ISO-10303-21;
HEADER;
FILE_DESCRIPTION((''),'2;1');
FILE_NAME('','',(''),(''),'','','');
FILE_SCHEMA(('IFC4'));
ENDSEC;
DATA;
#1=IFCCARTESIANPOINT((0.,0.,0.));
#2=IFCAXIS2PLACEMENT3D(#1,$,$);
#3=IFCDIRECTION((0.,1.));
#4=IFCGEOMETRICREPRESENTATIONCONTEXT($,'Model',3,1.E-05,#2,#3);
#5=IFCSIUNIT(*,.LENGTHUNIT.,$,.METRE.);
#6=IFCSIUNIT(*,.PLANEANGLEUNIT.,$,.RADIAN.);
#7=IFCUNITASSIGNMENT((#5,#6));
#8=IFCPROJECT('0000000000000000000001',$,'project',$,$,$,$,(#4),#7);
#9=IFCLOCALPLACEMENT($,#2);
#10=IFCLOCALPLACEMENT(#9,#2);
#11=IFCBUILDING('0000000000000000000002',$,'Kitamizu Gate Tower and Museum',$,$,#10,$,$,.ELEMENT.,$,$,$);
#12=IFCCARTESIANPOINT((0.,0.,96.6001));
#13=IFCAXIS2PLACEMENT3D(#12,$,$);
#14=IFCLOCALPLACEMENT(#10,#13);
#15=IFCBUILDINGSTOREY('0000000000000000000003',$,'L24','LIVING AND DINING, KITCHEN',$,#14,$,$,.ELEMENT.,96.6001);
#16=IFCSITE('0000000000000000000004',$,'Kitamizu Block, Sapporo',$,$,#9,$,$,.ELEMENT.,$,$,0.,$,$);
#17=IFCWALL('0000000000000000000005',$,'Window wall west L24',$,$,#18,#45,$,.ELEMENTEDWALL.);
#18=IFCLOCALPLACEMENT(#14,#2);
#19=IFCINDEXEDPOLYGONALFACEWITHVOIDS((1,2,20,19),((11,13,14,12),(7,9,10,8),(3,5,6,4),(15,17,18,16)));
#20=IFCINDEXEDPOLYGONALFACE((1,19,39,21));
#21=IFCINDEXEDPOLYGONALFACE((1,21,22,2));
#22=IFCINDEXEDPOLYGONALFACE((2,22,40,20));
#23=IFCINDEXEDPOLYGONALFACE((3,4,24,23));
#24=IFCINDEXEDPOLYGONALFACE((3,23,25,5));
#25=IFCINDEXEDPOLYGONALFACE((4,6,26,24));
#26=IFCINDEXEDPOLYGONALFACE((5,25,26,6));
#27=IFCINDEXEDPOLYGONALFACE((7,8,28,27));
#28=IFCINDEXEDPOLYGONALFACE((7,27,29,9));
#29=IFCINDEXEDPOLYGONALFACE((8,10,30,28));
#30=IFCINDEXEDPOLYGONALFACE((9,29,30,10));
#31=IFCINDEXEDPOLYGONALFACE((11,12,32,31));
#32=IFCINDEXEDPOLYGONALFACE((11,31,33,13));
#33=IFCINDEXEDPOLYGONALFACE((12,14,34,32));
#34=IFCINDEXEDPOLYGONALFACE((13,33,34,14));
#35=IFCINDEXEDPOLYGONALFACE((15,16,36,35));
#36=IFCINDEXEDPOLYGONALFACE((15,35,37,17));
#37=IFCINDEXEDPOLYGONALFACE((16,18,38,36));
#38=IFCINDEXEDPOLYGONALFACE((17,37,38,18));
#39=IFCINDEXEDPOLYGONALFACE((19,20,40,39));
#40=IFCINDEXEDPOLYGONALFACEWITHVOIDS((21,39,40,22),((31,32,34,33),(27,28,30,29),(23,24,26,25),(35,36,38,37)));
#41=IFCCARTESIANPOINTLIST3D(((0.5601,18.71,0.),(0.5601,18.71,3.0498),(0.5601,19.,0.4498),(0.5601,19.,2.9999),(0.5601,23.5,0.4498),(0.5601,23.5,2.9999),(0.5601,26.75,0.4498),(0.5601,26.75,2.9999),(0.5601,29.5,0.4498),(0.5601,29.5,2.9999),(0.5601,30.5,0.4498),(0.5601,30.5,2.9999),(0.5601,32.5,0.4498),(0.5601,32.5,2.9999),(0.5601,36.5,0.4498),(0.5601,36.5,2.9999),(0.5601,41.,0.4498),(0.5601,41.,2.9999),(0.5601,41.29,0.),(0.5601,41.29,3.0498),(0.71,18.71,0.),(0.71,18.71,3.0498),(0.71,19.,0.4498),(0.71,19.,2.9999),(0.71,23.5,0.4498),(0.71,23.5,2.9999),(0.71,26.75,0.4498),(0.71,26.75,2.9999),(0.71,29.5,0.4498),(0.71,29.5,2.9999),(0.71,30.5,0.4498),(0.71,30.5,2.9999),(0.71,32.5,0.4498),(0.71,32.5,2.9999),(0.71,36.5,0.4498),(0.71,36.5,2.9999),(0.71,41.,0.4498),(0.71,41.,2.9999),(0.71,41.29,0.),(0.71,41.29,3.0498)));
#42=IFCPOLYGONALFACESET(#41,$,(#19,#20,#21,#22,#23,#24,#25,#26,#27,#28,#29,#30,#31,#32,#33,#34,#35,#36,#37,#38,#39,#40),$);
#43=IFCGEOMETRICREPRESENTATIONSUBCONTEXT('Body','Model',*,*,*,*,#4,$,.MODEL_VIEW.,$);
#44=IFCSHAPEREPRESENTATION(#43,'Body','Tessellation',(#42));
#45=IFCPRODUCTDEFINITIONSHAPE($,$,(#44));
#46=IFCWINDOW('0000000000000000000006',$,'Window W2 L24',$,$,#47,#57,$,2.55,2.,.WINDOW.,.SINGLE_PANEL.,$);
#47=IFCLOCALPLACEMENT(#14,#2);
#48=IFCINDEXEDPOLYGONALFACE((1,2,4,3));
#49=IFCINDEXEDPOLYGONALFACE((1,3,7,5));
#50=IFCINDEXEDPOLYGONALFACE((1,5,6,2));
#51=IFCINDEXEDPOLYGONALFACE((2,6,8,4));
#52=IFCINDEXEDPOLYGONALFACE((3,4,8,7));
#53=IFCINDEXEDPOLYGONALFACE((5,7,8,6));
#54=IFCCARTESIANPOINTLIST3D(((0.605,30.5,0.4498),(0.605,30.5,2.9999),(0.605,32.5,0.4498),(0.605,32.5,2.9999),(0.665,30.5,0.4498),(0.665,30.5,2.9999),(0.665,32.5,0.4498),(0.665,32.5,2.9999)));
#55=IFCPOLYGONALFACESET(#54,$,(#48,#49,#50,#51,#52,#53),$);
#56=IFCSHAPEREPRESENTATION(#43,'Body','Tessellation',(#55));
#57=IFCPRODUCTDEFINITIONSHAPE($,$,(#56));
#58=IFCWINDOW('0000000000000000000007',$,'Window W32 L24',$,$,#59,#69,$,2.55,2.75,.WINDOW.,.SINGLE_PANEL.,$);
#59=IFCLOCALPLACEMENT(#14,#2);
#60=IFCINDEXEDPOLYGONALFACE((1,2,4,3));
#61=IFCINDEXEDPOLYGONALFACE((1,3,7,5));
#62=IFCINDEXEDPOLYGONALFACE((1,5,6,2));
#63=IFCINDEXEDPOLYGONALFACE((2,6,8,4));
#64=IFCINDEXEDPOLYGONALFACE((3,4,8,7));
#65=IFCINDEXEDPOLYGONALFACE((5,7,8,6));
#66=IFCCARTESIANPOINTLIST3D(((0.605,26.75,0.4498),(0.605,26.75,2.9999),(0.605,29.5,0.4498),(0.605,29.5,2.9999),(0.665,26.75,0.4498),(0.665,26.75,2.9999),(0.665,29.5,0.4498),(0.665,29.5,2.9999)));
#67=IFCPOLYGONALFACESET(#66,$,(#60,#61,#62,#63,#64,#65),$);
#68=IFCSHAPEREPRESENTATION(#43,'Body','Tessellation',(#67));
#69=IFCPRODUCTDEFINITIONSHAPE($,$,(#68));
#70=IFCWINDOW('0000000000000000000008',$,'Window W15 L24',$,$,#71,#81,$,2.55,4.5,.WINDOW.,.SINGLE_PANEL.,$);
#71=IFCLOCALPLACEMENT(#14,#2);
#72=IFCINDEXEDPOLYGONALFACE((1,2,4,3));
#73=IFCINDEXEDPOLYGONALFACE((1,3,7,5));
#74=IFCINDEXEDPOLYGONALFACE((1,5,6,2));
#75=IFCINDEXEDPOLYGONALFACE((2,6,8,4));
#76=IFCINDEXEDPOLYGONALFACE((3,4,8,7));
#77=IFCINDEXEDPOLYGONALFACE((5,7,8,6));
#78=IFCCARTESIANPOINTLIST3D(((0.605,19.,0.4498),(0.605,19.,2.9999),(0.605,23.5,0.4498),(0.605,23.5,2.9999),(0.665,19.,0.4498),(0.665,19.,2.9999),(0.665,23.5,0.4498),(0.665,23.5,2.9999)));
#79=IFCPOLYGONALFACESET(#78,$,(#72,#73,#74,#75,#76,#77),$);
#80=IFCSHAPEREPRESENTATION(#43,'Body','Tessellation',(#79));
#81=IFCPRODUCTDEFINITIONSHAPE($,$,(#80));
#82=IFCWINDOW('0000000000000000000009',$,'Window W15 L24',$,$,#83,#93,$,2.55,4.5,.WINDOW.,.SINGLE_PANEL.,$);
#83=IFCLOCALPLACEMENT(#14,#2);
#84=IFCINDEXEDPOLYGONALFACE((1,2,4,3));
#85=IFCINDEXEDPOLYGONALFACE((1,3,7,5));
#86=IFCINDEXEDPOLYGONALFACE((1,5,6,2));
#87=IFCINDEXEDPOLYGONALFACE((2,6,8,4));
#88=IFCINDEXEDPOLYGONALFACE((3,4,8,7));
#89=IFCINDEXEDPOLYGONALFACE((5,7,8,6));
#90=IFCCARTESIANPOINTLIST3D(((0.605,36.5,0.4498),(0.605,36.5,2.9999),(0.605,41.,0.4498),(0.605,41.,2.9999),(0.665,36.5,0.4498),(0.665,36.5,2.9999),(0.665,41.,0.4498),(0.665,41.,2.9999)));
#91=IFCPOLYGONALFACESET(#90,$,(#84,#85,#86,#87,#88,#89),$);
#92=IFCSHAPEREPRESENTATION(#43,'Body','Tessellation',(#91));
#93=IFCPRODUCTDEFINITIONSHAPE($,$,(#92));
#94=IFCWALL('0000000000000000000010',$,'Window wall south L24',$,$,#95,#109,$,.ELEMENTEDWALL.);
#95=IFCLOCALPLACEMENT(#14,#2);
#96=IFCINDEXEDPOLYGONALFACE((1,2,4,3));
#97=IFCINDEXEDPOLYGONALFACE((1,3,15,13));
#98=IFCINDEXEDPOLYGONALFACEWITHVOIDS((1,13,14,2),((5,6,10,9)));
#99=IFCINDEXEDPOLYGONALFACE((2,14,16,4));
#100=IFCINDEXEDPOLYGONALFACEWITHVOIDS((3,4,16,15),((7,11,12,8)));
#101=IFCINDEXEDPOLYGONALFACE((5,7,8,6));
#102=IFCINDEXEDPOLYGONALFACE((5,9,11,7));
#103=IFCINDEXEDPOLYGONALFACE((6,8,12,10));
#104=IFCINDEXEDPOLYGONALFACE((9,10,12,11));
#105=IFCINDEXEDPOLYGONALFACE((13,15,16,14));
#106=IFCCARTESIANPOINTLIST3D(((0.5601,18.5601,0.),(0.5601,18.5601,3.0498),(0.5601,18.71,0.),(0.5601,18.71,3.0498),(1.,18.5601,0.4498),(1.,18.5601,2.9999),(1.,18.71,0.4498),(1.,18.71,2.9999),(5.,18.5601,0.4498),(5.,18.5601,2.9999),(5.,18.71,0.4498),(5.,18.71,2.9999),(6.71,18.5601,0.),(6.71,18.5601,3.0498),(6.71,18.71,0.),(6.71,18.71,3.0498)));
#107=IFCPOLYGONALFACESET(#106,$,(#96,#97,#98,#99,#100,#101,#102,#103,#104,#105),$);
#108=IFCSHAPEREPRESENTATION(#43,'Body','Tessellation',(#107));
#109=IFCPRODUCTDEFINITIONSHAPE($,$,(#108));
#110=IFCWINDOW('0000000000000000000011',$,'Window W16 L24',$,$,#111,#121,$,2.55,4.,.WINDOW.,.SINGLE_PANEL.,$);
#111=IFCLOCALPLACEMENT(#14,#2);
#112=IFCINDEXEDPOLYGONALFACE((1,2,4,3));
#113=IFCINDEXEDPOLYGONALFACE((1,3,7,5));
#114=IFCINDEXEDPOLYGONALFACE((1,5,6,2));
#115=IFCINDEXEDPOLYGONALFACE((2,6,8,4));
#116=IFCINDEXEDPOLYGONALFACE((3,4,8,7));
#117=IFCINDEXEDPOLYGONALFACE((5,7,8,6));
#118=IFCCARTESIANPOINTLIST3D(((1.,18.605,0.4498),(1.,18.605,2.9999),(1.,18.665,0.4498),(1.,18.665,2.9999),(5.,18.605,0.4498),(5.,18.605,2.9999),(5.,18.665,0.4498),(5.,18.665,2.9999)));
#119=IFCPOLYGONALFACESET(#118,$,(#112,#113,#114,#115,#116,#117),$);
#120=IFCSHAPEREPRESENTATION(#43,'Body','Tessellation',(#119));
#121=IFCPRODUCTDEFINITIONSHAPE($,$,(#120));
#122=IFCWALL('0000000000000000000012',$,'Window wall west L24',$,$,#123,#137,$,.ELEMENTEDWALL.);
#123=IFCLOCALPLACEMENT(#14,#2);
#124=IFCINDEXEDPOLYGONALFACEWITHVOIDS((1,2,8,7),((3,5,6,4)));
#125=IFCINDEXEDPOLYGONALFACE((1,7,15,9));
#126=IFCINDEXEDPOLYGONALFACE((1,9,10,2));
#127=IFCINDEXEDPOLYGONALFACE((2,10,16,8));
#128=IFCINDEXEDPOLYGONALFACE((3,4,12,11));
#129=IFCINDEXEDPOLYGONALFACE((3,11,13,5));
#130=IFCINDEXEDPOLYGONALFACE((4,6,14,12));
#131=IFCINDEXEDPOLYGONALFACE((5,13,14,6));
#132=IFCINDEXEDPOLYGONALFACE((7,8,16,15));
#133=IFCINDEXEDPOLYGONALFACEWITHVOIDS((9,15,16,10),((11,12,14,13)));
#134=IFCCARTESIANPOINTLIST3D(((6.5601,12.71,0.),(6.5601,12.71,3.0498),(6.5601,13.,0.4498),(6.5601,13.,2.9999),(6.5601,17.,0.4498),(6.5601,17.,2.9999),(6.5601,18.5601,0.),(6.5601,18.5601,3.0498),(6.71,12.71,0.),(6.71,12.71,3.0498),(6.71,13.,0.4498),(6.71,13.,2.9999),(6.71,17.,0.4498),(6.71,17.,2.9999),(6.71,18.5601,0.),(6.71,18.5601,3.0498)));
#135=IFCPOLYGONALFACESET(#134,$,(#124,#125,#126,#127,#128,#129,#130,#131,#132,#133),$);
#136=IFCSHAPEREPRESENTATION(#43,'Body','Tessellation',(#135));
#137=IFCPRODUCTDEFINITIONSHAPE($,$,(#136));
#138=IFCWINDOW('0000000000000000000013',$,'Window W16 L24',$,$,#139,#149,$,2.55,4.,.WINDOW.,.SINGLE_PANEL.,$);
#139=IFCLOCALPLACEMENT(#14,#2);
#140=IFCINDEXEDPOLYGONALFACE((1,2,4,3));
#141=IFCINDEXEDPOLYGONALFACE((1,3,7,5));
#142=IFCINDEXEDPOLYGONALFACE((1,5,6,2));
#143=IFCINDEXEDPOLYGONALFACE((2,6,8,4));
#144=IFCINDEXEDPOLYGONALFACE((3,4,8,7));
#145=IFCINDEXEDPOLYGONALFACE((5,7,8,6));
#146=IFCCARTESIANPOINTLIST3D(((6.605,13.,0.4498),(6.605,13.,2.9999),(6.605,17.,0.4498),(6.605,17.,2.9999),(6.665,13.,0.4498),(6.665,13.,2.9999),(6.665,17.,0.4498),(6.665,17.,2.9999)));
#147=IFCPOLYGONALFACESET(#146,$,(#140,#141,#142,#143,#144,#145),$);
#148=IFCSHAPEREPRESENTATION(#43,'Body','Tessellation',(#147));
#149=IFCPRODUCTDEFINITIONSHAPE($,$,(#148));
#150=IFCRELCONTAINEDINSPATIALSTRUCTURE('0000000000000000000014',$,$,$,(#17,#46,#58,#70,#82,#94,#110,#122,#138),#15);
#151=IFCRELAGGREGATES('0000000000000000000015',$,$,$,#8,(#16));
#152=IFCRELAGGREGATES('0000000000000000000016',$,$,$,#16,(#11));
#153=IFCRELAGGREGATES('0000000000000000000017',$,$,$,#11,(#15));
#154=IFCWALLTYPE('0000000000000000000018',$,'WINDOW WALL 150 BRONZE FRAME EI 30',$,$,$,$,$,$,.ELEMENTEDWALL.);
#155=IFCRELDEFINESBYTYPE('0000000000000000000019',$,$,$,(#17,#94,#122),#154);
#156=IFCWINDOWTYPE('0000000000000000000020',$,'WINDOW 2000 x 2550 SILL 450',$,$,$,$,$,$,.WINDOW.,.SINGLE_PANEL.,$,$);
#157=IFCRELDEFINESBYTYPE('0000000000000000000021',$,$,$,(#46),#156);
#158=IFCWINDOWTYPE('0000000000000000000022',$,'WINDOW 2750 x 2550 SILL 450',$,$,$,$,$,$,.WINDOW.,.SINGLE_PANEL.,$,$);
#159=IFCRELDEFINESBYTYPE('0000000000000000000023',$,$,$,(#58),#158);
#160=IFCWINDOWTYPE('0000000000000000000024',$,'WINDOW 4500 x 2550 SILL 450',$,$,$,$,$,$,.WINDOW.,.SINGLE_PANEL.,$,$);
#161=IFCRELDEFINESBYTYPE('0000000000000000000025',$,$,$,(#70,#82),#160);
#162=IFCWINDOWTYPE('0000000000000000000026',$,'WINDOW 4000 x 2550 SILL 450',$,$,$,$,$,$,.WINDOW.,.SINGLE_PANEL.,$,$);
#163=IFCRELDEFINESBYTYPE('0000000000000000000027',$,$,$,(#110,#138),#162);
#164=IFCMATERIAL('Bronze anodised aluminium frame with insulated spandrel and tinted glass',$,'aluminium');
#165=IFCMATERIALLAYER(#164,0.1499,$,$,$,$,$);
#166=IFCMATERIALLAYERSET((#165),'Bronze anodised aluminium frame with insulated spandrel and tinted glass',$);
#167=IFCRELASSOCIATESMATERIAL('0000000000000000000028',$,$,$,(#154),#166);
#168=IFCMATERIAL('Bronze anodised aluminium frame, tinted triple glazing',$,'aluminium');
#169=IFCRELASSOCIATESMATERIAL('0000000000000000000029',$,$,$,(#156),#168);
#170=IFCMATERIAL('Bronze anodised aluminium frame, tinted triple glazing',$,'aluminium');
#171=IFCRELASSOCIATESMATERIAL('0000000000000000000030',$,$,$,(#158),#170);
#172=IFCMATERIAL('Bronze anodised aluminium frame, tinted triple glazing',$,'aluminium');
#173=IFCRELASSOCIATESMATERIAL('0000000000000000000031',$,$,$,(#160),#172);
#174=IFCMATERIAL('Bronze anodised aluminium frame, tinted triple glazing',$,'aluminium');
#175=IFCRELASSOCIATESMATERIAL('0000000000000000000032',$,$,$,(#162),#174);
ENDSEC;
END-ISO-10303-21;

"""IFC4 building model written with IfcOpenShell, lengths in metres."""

from ifc_helpers import new_model, si_unit, direction, frame, frame_2d, origin, place, context, subcontext, project, spatial, rectangle, extrude, material, layer, layer_set, type_object, element, fill, save


model = new_model("IFC4")

# Units and contexts
model_context = context("Model", 3, precision=1e-05, world=origin(), true_north=direction((0.0, 1.0)))
body_context = subcontext(model_context, "Body", "Model", "MODEL_VIEW")
ifc_project = project(units=[si_unit("LENGTHUNIT", "METRE"), si_unit("PLANEANGLEUNIT", "RADIAN")], contexts=[model_context])

# Site, building, storey
site_placement = place(None, origin())
site = spatial("IfcSite", under=ifc_project, at=site_placement, Name="Kitamizu Block, Sapporo", CompositionType="ELEMENT", RefElevation=0.0)
building_placement = place(site_placement, origin())
building = spatial("IfcBuilding", under=site, at=building_placement, Name="Kitamizu Gate Tower and Museum", CompositionType="ELEMENT")
storey_placement = place(building_placement, frame((0.0, 0.0, 96.6001)))
storey = spatial("IfcBuildingStorey", under=building, at=storey_placement, Name="L24", Description="LIVING AND DINING, KITCHEN", CompositionType="ELEMENT", Elevation=96.6001)

# Wall, openings, windows
ifc_material_1 = material(Name="Bronze anodised aluminium frame with insulated spandrel and tinted glass", Category="aluminium")
ifc_layer = layer(ifc_material_1, 0.1499)
ifc_layer_set = layer_set([ifc_layer], Name="Bronze anodised aluminium frame with insulated spandrel and tinted glass")
wall_type = type_object("IfcWallType", Name="WINDOW WALL 150 BRONZE FRAME EI 30", PredefinedType="ELEMENTEDWALL", material=ifc_layer_set)
ifc_material_2 = material(Name="Bronze anodised aluminium frame, tinted triple glazing", Category="aluminium")
window_type_1 = type_object("IfcWindowType", Name="WINDOW 2000 x 2550 SILL 450", PartitioningType="SINGLE_PANEL", PredefinedType="WINDOW", material=ifc_material_2)
ifc_material_3 = material(Name="Bronze anodised aluminium frame, tinted triple glazing", Category="aluminium")
window_type_2 = type_object("IfcWindowType", Name="WINDOW 2750 x 2550 SILL 450", PartitioningType="SINGLE_PANEL", PredefinedType="WINDOW", material=ifc_material_3)
ifc_material_4 = material(Name="Bronze anodised aluminium frame, tinted triple glazing", Category="aluminium")
window_type_3 = type_object("IfcWindowType", Name="WINDOW 4500 x 2550 SILL 450", PartitioningType="SINGLE_PANEL", PredefinedType="WINDOW", material=ifc_material_4)
wall_1_placement = place(storey_placement, frame((0.635, 18.71, 0.0), z_axis=(0.0, 0.0, 1.0), x_axis=(0.0, 1.0, 0.0)))
wall_1 = element("IfcWall", 1, at=wall_1_placement, inside=storey, type_object=wall_type, Name="Window wall west L24", PredefinedType="ELEMENTEDWALL", context=body_context, shape_type="SweptSolid", body=[
    extrude(rectangle(XDim=22.5801, YDim=0.1499, at=frame_2d((11.29, 0.0))), origin(), (0.0, 0.0, 1.0), 3.0498),
])
opening_1_placement = place(wall_1_placement, frame((0.29, 0.0, 0.45)))
opening_1 = element("IfcOpeningElement", 2, at=opening_1_placement, cuts=wall_1, PredefinedType="OPENING", context=body_context, shape_type="SweptSolid", body=[
    extrude(rectangle(XDim=4.5, YDim=2.55, at=frame_2d((2.25, 1.2749))), frame((0.0, 0.085, 0.0), z_axis=(0.0, -1.0, 0.0), x_axis=(1.0, 0.0, 0.0)), (0.0, 0.0, 1.0), 0.1699),
])
opening_2_placement = place(wall_1_placement, frame((8.04, 0.0, 0.45)))
opening_2 = element("IfcOpeningElement", 3, at=opening_2_placement, cuts=wall_1, PredefinedType="OPENING", context=body_context, shape_type="SweptSolid", body=[
    extrude(rectangle(XDim=2.75, YDim=2.55, at=frame_2d((1.375, 1.2749))), frame((0.0, 0.085, 0.0), z_axis=(0.0, -1.0, 0.0), x_axis=(1.0, 0.0, 0.0)), (0.0, 0.0, 1.0), 0.1699),
])
opening_3_placement = place(wall_1_placement, frame((11.79, 0.0, 0.45)))
opening_3 = element("IfcOpeningElement", 4, at=opening_3_placement, cuts=wall_1, PredefinedType="OPENING", context=body_context, shape_type="SweptSolid", body=[
    extrude(rectangle(XDim=2.0, YDim=2.55, at=frame_2d((1.0, 1.2749))), frame((0.0, 0.085, 0.0), z_axis=(0.0, -1.0, 0.0), x_axis=(1.0, 0.0, 0.0)), (0.0, 0.0, 1.0), 0.1699),
])
opening_4_placement = place(wall_1_placement, frame((17.79, 0.0, 0.45)))
opening_4 = element("IfcOpeningElement", 5, at=opening_4_placement, cuts=wall_1, PredefinedType="OPENING", context=body_context, shape_type="SweptSolid", body=[
    extrude(rectangle(XDim=4.5, YDim=2.55, at=frame_2d((2.25, 1.2749))), frame((0.0, 0.085, 0.0), z_axis=(0.0, -1.0, 0.0), x_axis=(1.0, 0.0, 0.0)), (0.0, 0.0, 1.0), 0.1699),
])
window_1_placement = place(opening_3_placement, origin())
window_1 = element("IfcWindow", 6, at=window_1_placement, inside=storey, type_object=window_type_1, Name="Window W2 L24", OverallHeight=2.55, OverallWidth=2.0, PartitioningType="SINGLE_PANEL", PredefinedType="WINDOW", context=body_context, shape_type="SweptSolid", body=[
    extrude(rectangle(XDim=2.0, YDim=2.55, at=frame_2d((1.0, 1.2749))), frame((0.0, 0.03, 0.0), z_axis=(0.0, -1.0, 0.0), x_axis=(1.0, 0.0, 0.0)), (0.0, 0.0, 1.0), 0.0601),
])
fill(opening_3, window_1)
window_2_placement = place(opening_2_placement, origin())
window_2 = element("IfcWindow", 7, at=window_2_placement, inside=storey, type_object=window_type_2, Name="Window W32 L24", OverallHeight=2.55, OverallWidth=2.75, PartitioningType="SINGLE_PANEL", PredefinedType="WINDOW", context=body_context, shape_type="SweptSolid", body=[
    extrude(rectangle(XDim=2.75, YDim=2.55, at=frame_2d((1.375, 1.2749))), frame((0.0, 0.03, 0.0), z_axis=(0.0, -1.0, 0.0), x_axis=(1.0, 0.0, 0.0)), (0.0, 0.0, 1.0), 0.0601),
])
fill(opening_2, window_2)
window_3_placement = place(opening_1_placement, origin())
window_3 = element("IfcWindow", 8, at=window_3_placement, inside=storey, type_object=window_type_3, Name="Window W15 L24", OverallHeight=2.55, OverallWidth=4.5, PartitioningType="SINGLE_PANEL", PredefinedType="WINDOW", context=body_context, shape_type="SweptSolid", body=[
    extrude(rectangle(XDim=4.5, YDim=2.55, at=frame_2d((2.25, 1.2749))), frame((0.0, 0.03, 0.0), z_axis=(0.0, -1.0, 0.0), x_axis=(1.0, 0.0, 0.0)), (0.0, 0.0, 1.0), 0.0601),
])
fill(opening_1, window_3)
window_4_placement = place(opening_4_placement, origin())
window_4 = element("IfcWindow", 9, at=window_4_placement, inside=storey, type_object=window_type_3, Name="Window W15 L24", OverallHeight=2.55, OverallWidth=4.5, PartitioningType="SINGLE_PANEL", PredefinedType="WINDOW", context=body_context, shape_type="SweptSolid", body=[
    extrude(rectangle(XDim=4.5, YDim=2.55, at=frame_2d((2.25, 1.2749))), frame((0.0, 0.03, 0.0), z_axis=(0.0, -1.0, 0.0), x_axis=(1.0, 0.0, 0.0)), (0.0, 0.0, 1.0), 0.0601),
])
fill(opening_4, window_4)

# Walls, openings, windows
wall_2_placement = place(storey_placement, frame((0.5601, 18.635, 0.0), z_axis=(0.0, 0.0, 1.0), x_axis=(1.0, 0.0, 0.0)))
wall_2 = element("IfcWall", 10, at=wall_2_placement, inside=storey, type_object=wall_type, Name="Window wall south L24", PredefinedType="ELEMENTEDWALL", context=body_context, shape_type="SweptSolid", body=[
    extrude(rectangle(XDim=6.1499, YDim=0.1499, at=frame_2d((3.075, 0.0))), origin(), (0.0, 0.0, 1.0), 3.0498),
])
opening_5_placement = place(wall_2_placement, frame((0.4399, 0.0, 0.45)))
opening_5 = element("IfcOpeningElement", 11, at=opening_5_placement, cuts=wall_2, PredefinedType="OPENING", context=body_context, shape_type="SweptSolid", body=[
    extrude(rectangle(XDim=4.0, YDim=2.55, at=frame_2d((2.0, 1.2749))), frame((0.0, 0.085, 0.0), z_axis=(0.0, -1.0, 0.0), x_axis=(1.0, 0.0, 0.0)), (0.0, 0.0, 1.0), 0.1699),
])
ifc_material_5 = material(Name="Bronze anodised aluminium frame, tinted triple glazing", Category="aluminium")
window_type_4 = type_object("IfcWindowType", Name="WINDOW 4000 x 2550 SILL 450", PartitioningType="SINGLE_PANEL", PredefinedType="WINDOW", material=ifc_material_5)
window_5_placement = place(opening_5_placement, origin())
window_5 = element("IfcWindow", 12, at=window_5_placement, inside=storey, type_object=window_type_4, Name="Window W16 L24", OverallHeight=2.55, OverallWidth=4.0, PartitioningType="SINGLE_PANEL", PredefinedType="WINDOW", context=body_context, shape_type="SweptSolid", body=[
    extrude(rectangle(XDim=4.0, YDim=2.55, at=frame_2d((2.0, 1.2749))), frame((0.0, 0.03, 0.0), z_axis=(0.0, -1.0, 0.0), x_axis=(1.0, 0.0, 0.0)), (0.0, 0.0, 1.0), 0.0601),
])
fill(opening_5, window_5)
wall_3_placement = place(storey_placement, frame((6.635, 12.71, 0.0), z_axis=(0.0, 0.0, 1.0), x_axis=(0.0, 1.0, 0.0)))
wall_3 = element("IfcWall", 13, at=wall_3_placement, inside=storey, type_object=wall_type, Name="Window wall west L24", PredefinedType="ELEMENTEDWALL", context=body_context, shape_type="SweptSolid", body=[
    extrude(rectangle(XDim=5.8501, YDim=0.1499, at=frame_2d((2.925, 0.0))), origin(), (0.0, 0.0, 1.0), 3.0498),
])
opening_6_placement = place(wall_3_placement, frame((0.29, 0.0, 0.45)))
opening_6 = element("IfcOpeningElement", 14, at=opening_6_placement, cuts=wall_3, PredefinedType="OPENING", context=body_context, shape_type="SweptSolid", body=[
    extrude(rectangle(XDim=4.0, YDim=2.55, at=frame_2d((2.0, 1.2749))), frame((0.0, 0.085, 0.0), z_axis=(0.0, -1.0, 0.0), x_axis=(1.0, 0.0, 0.0)), (0.0, 0.0, 1.0), 0.1699),
])
window_6_placement = place(opening_6_placement, origin())
window_6 = element("IfcWindow", 15, at=window_6_placement, inside=storey, type_object=window_type_4, Name="Window W16 L24", OverallHeight=2.55, OverallWidth=4.0, PartitioningType="SINGLE_PANEL", PredefinedType="WINDOW", context=body_context, shape_type="SweptSolid", body=[
    extrude(rectangle(XDim=4.0, YDim=2.55, at=frame_2d((2.0, 1.2749))), frame((0.0, 0.03, 0.0), z_axis=(0.0, -1.0, 0.0), x_axis=(1.0, 0.0, 0.0)), (0.0, 0.0, 1.0), 0.0601),
])
fill(opening_6, window_6)

save(model, "model.ifc")
